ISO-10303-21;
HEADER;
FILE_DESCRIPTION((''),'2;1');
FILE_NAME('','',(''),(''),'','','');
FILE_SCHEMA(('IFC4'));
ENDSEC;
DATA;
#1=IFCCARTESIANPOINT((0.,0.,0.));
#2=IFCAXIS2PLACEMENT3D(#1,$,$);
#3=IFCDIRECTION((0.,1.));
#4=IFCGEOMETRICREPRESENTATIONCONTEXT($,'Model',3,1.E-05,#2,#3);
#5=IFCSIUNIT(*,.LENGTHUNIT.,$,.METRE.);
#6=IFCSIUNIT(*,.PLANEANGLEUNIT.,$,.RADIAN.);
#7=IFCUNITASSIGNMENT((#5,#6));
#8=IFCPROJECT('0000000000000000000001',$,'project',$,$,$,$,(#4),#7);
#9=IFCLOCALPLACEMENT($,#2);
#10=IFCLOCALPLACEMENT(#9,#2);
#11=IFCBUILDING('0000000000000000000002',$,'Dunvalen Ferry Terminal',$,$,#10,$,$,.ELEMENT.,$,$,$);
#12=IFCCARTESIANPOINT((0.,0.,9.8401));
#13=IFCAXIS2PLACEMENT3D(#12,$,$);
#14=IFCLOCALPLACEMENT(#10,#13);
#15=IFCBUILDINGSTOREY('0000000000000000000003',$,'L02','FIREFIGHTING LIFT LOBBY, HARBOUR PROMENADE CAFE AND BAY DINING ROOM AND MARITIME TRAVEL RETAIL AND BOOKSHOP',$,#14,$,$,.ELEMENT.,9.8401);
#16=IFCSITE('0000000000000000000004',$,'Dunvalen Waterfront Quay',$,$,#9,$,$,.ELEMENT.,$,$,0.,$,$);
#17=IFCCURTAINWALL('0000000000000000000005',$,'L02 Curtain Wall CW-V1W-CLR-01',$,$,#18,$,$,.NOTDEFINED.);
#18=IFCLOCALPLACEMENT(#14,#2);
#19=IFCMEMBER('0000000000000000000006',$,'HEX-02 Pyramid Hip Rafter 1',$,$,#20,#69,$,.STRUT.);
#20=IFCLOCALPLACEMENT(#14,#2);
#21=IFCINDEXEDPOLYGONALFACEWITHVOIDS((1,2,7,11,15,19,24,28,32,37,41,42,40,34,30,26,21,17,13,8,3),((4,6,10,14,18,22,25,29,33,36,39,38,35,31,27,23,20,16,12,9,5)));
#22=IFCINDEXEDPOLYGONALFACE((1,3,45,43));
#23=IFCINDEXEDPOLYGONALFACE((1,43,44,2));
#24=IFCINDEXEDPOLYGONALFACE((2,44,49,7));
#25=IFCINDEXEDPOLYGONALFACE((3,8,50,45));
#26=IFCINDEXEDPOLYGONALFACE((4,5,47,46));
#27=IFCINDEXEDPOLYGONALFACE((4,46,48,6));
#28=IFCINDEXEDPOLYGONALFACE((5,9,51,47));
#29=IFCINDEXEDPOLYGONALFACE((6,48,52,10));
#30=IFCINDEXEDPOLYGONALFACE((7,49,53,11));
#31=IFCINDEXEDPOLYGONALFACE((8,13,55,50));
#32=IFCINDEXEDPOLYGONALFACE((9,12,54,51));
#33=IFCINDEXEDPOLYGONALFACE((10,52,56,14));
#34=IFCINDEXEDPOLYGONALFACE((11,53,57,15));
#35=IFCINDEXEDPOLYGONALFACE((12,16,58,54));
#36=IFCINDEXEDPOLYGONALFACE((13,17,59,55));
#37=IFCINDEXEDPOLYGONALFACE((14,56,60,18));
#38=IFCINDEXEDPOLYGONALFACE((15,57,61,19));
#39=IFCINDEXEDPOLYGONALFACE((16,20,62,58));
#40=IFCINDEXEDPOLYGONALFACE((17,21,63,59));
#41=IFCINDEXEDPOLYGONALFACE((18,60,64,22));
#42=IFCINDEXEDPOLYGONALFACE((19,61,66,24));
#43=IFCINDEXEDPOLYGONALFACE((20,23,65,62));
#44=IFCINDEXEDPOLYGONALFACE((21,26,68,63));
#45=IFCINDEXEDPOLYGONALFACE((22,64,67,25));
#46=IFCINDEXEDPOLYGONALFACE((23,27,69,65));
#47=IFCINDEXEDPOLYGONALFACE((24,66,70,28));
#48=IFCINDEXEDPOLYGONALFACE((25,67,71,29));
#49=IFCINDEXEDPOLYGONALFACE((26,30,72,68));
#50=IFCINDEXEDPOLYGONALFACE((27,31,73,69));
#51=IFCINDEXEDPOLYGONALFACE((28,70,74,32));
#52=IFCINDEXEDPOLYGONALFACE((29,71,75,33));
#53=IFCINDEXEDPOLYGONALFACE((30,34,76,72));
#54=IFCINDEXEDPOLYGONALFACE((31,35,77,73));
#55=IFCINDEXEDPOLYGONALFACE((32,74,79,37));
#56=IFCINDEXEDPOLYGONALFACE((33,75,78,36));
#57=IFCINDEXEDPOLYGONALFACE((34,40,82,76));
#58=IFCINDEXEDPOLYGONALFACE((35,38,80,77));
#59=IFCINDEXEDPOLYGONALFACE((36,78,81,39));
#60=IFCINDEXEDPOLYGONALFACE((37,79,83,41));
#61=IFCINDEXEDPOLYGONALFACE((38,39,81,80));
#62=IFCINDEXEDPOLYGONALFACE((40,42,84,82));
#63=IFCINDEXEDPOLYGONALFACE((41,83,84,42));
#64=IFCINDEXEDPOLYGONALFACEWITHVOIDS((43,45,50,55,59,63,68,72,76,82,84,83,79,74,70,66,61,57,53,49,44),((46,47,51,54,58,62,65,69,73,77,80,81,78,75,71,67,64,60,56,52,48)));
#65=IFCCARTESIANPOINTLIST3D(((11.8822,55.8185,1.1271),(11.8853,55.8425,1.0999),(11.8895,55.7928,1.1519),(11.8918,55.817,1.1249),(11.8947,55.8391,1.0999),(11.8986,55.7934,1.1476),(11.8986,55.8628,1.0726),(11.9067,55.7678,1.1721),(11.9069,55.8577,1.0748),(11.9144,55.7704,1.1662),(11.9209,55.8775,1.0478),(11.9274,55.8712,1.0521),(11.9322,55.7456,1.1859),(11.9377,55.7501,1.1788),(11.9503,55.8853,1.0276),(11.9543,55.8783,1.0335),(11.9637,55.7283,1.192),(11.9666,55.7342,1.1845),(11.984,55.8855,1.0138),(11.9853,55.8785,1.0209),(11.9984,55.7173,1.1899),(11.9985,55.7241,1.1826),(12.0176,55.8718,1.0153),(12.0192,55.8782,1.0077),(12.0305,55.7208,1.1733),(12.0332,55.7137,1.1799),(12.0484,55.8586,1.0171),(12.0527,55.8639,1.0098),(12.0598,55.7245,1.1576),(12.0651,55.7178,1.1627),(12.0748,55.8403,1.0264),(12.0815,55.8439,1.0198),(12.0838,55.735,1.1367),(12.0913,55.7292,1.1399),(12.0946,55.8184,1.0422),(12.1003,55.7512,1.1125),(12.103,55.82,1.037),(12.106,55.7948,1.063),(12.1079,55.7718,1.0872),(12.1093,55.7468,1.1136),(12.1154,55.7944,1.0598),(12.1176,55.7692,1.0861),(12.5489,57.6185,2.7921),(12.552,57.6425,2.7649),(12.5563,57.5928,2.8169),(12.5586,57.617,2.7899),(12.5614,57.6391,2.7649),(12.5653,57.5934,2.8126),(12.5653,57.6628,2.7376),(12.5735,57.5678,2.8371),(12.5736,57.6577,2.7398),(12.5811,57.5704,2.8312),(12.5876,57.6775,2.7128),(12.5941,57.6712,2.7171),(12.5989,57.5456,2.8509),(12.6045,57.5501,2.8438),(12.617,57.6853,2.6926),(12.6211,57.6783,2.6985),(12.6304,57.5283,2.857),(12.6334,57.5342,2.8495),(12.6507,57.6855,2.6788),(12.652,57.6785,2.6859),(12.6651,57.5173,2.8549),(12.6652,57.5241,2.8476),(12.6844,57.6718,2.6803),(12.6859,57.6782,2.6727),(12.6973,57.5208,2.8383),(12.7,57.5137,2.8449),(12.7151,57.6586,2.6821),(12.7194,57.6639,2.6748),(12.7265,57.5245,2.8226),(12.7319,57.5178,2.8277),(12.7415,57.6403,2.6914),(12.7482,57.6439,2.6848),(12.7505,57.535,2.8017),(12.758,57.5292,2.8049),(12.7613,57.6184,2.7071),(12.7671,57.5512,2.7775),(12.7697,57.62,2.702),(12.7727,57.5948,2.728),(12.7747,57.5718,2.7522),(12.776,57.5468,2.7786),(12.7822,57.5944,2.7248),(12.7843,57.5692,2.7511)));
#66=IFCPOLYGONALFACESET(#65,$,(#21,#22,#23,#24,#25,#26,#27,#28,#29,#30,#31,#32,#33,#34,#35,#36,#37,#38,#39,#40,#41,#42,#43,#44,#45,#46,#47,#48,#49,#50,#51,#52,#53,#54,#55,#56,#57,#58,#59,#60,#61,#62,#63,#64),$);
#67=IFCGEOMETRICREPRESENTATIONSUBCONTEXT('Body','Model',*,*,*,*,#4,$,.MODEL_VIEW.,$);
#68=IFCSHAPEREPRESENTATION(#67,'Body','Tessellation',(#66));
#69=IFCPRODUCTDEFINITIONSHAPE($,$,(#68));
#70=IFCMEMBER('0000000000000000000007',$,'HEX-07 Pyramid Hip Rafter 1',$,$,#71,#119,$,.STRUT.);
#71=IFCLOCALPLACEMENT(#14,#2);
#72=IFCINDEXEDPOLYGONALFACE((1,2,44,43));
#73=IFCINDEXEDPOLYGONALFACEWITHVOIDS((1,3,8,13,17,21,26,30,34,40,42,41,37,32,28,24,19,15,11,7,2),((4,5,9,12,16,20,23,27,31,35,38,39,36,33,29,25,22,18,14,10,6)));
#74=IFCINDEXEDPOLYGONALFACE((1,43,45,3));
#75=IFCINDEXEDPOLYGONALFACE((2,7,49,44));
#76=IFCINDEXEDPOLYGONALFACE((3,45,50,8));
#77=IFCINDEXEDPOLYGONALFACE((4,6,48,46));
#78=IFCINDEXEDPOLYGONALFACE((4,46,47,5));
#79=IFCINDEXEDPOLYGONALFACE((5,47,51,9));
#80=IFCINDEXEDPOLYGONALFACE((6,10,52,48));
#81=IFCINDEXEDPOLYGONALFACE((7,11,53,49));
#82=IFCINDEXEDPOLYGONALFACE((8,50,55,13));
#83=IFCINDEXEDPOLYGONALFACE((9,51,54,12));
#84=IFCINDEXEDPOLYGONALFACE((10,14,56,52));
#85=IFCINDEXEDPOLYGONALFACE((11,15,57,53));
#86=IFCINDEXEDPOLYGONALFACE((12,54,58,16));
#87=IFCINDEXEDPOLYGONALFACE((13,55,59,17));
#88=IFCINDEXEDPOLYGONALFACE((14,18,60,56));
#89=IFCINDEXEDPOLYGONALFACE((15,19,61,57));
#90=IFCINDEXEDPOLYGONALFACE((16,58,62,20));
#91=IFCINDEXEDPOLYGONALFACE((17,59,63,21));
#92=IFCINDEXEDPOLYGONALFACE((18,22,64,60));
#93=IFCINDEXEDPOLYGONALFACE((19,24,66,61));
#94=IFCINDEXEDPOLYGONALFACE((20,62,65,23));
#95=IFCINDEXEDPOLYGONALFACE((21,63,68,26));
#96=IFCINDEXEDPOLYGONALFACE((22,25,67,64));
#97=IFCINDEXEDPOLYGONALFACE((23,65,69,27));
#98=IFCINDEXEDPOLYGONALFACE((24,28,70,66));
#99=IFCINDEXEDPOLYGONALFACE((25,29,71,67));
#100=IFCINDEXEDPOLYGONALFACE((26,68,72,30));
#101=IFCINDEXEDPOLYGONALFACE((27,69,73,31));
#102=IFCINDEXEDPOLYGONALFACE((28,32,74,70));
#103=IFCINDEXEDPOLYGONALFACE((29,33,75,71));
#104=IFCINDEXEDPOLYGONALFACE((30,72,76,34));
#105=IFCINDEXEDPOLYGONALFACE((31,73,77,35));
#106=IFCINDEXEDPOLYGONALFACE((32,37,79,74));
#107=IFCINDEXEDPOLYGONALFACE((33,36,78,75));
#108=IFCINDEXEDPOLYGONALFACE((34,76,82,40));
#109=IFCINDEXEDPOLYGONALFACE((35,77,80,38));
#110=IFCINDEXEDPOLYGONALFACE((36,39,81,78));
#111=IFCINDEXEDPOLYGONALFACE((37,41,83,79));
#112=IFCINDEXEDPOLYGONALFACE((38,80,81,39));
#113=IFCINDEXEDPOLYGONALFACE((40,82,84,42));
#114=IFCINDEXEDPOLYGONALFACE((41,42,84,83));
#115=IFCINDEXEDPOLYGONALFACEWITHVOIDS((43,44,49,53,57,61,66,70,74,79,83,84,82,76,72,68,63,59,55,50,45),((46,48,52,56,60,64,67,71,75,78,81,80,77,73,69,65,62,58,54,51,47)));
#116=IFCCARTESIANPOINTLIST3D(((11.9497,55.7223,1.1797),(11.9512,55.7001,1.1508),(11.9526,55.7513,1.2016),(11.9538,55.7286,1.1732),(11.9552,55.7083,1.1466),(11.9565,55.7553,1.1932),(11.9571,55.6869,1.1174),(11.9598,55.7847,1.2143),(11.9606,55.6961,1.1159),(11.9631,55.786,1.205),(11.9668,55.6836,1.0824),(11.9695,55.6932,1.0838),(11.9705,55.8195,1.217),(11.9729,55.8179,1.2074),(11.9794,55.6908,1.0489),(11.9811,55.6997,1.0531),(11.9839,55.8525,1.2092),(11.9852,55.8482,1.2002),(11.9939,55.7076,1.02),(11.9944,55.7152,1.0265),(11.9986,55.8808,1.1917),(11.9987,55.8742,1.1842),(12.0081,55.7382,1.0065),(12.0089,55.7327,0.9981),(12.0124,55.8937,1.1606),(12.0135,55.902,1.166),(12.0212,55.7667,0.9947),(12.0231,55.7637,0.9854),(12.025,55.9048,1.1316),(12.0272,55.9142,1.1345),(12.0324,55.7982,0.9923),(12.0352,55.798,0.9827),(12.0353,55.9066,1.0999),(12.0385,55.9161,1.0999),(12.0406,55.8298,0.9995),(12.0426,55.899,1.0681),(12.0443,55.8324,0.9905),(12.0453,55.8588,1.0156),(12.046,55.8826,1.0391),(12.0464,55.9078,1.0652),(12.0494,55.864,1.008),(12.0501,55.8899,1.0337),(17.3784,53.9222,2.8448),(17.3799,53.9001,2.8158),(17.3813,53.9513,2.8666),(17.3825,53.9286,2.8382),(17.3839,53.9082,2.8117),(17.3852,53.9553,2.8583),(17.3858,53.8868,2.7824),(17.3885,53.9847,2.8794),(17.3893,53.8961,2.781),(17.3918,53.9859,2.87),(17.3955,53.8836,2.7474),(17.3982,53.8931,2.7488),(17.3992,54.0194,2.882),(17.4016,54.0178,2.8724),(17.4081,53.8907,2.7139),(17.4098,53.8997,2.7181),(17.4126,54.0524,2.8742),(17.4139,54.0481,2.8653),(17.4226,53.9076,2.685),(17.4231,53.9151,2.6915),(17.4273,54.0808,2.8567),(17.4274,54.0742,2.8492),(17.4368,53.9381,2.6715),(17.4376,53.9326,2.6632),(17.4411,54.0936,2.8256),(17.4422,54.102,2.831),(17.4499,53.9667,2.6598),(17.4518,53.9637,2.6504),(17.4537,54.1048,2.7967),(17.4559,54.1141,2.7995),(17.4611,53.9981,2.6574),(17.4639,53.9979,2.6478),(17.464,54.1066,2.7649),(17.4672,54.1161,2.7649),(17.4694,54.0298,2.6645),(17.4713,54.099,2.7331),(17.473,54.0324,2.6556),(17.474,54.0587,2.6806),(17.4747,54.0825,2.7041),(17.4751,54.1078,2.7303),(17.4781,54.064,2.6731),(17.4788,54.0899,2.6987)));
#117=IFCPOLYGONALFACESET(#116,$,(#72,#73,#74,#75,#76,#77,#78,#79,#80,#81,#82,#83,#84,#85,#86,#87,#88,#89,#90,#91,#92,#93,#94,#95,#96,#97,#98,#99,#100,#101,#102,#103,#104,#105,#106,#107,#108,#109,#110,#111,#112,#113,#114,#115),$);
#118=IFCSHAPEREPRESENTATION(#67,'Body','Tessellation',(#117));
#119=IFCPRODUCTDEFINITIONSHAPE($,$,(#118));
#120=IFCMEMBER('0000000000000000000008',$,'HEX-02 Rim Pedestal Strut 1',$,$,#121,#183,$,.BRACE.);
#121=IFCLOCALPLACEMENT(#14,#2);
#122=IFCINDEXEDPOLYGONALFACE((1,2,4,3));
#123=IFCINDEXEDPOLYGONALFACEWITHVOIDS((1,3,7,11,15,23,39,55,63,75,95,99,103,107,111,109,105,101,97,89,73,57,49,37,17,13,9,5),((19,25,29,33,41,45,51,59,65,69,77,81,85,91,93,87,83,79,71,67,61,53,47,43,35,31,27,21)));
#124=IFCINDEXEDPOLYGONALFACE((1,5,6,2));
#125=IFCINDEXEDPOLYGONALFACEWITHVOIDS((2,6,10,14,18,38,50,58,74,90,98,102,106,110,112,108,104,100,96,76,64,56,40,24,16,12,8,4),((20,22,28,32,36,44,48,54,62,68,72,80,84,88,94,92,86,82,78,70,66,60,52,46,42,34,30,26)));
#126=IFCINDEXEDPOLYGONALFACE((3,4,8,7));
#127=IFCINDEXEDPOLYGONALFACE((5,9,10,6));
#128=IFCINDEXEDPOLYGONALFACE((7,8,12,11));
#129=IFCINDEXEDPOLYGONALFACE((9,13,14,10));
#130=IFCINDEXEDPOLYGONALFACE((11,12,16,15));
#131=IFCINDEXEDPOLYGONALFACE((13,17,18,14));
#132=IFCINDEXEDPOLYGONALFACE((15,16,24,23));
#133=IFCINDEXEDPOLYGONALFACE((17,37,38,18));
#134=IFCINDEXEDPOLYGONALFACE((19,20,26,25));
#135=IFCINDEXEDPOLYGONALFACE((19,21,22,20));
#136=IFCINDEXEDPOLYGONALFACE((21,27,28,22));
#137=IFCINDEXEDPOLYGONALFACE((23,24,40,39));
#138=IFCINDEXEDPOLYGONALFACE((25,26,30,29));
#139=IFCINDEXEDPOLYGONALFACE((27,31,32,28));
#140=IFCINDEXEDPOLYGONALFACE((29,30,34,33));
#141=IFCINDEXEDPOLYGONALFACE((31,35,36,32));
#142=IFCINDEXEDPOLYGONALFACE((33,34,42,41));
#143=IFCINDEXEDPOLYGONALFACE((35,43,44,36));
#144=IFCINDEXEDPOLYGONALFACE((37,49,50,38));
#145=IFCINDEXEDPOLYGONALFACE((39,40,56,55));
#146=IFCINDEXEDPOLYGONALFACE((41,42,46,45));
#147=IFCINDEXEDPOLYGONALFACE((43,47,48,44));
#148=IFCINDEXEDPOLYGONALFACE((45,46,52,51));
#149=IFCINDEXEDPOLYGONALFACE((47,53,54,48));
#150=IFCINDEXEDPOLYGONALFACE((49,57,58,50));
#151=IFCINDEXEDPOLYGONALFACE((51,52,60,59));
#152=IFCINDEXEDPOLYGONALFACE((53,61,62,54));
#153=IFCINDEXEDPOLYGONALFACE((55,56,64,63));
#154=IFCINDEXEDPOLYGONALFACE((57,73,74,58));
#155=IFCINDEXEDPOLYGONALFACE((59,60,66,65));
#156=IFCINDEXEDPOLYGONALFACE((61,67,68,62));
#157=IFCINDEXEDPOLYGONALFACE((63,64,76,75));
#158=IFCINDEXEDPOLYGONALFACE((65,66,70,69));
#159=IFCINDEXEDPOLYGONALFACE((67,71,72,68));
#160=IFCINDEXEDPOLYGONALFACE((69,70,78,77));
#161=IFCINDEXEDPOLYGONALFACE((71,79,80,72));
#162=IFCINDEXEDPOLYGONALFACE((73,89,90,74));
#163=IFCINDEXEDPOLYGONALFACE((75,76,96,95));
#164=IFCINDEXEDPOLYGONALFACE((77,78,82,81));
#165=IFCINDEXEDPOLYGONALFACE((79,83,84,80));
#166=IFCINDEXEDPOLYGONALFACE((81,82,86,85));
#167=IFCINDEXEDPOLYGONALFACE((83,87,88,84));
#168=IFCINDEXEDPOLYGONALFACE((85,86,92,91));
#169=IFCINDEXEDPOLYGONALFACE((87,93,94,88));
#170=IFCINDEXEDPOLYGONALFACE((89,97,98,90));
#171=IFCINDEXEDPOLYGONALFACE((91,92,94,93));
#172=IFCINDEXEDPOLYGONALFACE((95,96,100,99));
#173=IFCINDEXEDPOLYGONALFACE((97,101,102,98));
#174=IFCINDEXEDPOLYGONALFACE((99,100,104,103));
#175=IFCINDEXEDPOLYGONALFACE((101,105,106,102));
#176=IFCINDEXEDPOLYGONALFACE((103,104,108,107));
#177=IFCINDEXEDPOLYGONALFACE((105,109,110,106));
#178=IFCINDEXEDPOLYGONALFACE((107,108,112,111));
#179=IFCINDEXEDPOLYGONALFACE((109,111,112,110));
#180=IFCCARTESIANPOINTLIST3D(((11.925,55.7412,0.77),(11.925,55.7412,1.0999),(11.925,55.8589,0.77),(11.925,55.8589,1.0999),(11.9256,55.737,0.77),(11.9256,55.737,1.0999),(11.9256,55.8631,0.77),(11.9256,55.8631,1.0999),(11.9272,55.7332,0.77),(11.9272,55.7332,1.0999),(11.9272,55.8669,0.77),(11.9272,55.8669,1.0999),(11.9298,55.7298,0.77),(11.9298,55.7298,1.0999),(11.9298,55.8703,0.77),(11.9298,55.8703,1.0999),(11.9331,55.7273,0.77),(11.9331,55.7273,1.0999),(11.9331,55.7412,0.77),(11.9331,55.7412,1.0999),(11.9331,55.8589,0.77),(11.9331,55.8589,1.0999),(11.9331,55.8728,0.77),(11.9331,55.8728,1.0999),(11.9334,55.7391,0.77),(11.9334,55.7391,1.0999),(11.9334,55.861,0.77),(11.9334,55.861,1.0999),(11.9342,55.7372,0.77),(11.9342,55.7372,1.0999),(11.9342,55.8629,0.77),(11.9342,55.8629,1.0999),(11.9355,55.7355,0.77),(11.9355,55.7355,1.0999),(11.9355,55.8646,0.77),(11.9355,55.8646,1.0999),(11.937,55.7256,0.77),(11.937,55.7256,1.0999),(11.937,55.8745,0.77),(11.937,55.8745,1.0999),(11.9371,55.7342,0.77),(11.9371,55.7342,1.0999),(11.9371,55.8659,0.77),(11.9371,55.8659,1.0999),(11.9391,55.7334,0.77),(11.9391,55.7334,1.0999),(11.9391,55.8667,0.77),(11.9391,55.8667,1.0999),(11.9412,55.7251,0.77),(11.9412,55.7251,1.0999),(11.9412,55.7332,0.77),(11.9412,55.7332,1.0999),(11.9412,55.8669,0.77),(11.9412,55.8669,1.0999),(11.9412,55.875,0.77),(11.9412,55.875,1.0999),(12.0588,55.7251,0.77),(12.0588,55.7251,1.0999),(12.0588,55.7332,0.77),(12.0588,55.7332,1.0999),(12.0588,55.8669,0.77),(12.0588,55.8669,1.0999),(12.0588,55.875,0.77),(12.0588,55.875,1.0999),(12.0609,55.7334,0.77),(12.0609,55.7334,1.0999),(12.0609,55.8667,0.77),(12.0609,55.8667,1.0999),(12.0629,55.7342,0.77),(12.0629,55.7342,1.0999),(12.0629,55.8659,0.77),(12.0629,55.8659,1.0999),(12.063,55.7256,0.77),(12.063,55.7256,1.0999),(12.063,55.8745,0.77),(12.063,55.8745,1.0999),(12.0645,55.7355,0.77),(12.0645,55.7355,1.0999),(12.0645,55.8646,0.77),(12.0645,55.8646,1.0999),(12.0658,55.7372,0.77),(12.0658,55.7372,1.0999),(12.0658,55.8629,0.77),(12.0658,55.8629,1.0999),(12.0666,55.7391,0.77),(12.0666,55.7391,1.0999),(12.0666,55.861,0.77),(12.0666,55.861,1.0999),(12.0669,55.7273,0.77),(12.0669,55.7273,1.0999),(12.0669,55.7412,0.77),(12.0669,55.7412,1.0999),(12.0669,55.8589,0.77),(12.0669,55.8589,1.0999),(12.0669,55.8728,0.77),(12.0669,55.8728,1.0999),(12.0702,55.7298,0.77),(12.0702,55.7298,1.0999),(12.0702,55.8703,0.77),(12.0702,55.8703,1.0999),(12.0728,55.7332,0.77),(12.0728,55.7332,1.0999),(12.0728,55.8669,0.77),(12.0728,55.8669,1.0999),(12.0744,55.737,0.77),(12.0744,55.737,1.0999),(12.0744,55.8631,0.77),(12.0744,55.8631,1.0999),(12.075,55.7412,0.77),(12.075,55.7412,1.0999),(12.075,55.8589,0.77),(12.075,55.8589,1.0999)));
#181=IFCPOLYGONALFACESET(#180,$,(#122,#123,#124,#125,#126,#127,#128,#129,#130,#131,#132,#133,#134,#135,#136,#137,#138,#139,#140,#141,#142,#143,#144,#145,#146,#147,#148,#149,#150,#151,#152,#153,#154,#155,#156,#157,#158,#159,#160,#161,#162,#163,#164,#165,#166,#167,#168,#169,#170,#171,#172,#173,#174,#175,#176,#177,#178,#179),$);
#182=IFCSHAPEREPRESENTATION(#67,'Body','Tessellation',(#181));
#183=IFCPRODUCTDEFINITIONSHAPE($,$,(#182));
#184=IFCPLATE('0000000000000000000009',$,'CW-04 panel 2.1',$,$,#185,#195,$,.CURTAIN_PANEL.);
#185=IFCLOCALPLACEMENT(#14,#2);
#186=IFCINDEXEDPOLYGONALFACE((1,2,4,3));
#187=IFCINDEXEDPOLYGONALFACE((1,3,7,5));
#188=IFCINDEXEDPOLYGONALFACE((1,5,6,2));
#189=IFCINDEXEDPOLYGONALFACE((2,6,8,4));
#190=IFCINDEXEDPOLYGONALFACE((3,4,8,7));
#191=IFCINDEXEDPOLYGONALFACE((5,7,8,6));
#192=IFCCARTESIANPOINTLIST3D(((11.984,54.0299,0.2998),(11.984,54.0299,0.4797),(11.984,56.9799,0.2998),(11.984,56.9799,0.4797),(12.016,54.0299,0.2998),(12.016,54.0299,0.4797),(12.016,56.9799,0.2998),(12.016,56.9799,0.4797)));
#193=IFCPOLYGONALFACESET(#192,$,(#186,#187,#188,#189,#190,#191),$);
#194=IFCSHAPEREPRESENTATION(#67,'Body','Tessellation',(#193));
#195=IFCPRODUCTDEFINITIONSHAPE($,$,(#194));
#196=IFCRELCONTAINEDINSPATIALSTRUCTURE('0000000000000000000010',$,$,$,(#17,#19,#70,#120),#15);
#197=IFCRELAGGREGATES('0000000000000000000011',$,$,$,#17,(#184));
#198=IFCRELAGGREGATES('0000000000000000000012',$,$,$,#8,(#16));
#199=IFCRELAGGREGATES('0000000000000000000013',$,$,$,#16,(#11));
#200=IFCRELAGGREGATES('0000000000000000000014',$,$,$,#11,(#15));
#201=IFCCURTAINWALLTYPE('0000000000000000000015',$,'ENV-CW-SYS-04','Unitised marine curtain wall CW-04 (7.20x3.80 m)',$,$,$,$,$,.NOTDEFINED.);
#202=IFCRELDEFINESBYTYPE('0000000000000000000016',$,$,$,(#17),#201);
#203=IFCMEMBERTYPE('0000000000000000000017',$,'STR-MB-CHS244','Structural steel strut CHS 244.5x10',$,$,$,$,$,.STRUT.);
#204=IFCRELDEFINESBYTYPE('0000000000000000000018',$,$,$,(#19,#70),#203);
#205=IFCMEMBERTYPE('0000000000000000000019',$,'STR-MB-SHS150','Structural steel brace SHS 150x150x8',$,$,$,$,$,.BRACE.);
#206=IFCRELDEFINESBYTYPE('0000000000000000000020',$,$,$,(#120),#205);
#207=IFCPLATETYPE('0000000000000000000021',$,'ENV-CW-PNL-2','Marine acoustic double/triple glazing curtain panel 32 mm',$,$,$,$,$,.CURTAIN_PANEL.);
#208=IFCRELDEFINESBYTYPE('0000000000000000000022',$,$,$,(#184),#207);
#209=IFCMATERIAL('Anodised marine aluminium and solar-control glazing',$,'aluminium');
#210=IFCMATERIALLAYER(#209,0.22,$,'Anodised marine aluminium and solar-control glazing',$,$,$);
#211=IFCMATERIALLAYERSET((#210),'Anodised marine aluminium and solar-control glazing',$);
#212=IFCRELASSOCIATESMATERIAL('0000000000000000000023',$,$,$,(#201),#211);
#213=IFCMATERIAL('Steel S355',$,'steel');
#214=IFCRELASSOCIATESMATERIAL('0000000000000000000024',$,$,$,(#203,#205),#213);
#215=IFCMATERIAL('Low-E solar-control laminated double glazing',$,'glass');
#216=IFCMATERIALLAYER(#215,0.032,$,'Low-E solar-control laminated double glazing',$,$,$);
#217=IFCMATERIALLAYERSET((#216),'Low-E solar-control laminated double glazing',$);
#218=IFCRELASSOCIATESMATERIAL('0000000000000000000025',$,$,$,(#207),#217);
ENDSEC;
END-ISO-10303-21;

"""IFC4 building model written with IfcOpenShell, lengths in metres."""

from ifc_helpers import new_model, si_unit, direction, frame, origin, origin_2d, place, context, subcontext, project, spatial, rectangle, hollow_rectangle, hollow_circle, extrude, material, layer, layer_set, material_profile, profile_set, type_object, element, aggregate, save


model = new_model("IFC4")

# Units and contexts
model_context = context("Model", 3, precision=1e-05, world=origin(), true_north=direction((0.0, 1.0)))
body_context = subcontext(model_context, "Body", "Model", "MODEL_VIEW")
ifc_project = project(units=[si_unit("LENGTHUNIT", "METRE"), si_unit("PLANEANGLEUNIT", "RADIAN")], contexts=[model_context])

# Site, building, storey
site_placement = place(None, origin())
site = spatial("IfcSite", under=ifc_project, at=site_placement, Name="Dunvalen Waterfront Quay", CompositionType="ELEMENT", RefElevation=0.0)
building_placement = place(site_placement, origin())
building = spatial("IfcBuilding", under=site, at=building_placement, Name="Dunvalen Ferry Terminal", CompositionType="ELEMENT")
storey_placement = place(building_placement, frame((0.0, 0.0, 9.8401)))
storey = spatial("IfcBuildingStorey", under=building, at=storey_placement, Name="L02", Description="FIREFIGHTING LIFT LOBBY, HARBOUR PROMENADE CAFE AND BAY DINING ROOM AND MARITIME TRAVEL RETAIL AND BOOKSHOP", CompositionType="ELEMENT", Elevation=9.8401)

# Curtain wall
ifc_material_1 = material(Name="Anodised marine aluminium and solar-control glazing", Category="aluminium")
ifc_layer_1 = layer(ifc_material_1, 0.22, Name="Anodised marine aluminium and solar-control glazing")
ifc_layer_set_1 = layer_set([ifc_layer_1], Name="Anodised marine aluminium and solar-control glazing")
curtain_wall_type = type_object("IfcCurtainWallType", Name="ENV-CW-SYS-04", Description="Unitised marine curtain wall CW-04 (7.20x3.80 m)", PredefinedType="NOTDEFINED", material=ifc_layer_set_1)
curtain_wall_1_placement = place(storey_placement, origin())
curtain_wall_1 = element("IfcCurtainWall", 1, at=curtain_wall_1_placement, inside=storey, type_object=curtain_wall_type, Name="L02 Curtain Wall CW-V1W-CLR-01", PredefinedType="NOTDEFINED")

# Shared definitions
ifc_material_2 = material(Name="Steel S355", Category="steel")

# Members
ifc_material_profile_1 = material_profile(ifc_material_2, hollow_circle(Radius=0.1223, WallThickness=0.01, at=origin_2d()), Name="Steel S355")
ifc_profile_set_1 = profile_set([ifc_material_profile_1], Name="Steel S355")
member_type_1 = type_object("IfcMemberType", Name="STR-MB-CHS244", Description="Structural steel strut CHS 244.5x10", PredefinedType="STRUT", material=ifc_profile_set_1)
member_1_placement = place(storey_placement, frame((12.0, 55.8, 1.0999), z_axis=(0.262388, 0.70838, 0.655249), x_axis=(-0.937738, 0.347343, 0.0)))
element("IfcMember", 2, at=member_1_placement, inside=storey, type_object=member_type_1, Name="HEX-02 Pyramid Hip Rafter 1", PredefinedType="STRUT", context=body_context, shape_type="SweptSolid", body=[
    extrude(hollow_circle(Radius=0.1223, WallThickness=0.01, at=origin_2d()), origin(), (0.0, 0.0, 1.0), 2.541),
])
member_2_placement = place(storey_placement, frame((12.0, 55.8, 1.0999), z_axis=(0.911347, -0.302184, 0.279519), x_axis=(0.314729, 0.949182, 0.0)))
element("IfcMember", 3, at=member_2_placement, inside=storey, type_object=member_type_1, Name="HEX-07 Pyramid Hip Rafter 1", PredefinedType="STRUT", context=body_context, shape_type="SweptSolid", body=[
    extrude(hollow_circle(Radius=0.1223, WallThickness=0.01, at=origin_2d()), origin(), (0.0, 0.0, 1.0), 5.9568),
])
ifc_material_profile_2 = material_profile(ifc_material_2, hollow_rectangle(XDim=0.1499, YDim=0.1499, WallThickness=0.0081, InnerFilletRadius=0.0081, OuterFilletRadius=0.0161, at=origin_2d()), Name="Steel S355")
ifc_profile_set_2 = profile_set([ifc_material_profile_2], Name="Steel S355")
member_type_2 = type_object("IfcMemberType", Name="STR-MB-SHS150", Description="Structural steel brace SHS 150x150x8", PredefinedType="BRACE", material=ifc_profile_set_2)
member_3_placement = place(storey_placement, frame((12.0, 55.8, 0.77), z_axis=(0.0, 0.0, 1.0), x_axis=(1.0, 0.0, 0.0)))
element("IfcMember", 4, at=member_3_placement, inside=storey, type_object=member_type_2, Name="HEX-02 Rim Pedestal Strut 1", PredefinedType="BRACE", context=body_context, shape_type="SweptSolid", body=[
    extrude(hollow_rectangle(XDim=0.1499, YDim=0.1499, WallThickness=0.0081, InnerFilletRadius=0.0081, OuterFilletRadius=0.0161, at=origin_2d()), origin(), (0.0, 0.0, 1.0), 0.3298),
])

# Plate
ifc_material_3 = material(Name="Low-E solar-control laminated double glazing", Category="glass")
ifc_layer_2 = layer(ifc_material_3, 0.032, Name="Low-E solar-control laminated double glazing")
ifc_layer_set_2 = layer_set([ifc_layer_2], Name="Low-E solar-control laminated double glazing")
plate_type_1 = type_object("IfcPlateType", Name="ENV-CW-PNL-2", Description="Marine acoustic double/triple glazing curtain panel 32 mm", PredefinedType="CURTAIN_PANEL", material=ifc_layer_set_2)
plate_1_placement = place(storey_placement, frame((12.0, 55.5049, 0.2998), z_axis=(0.0, 0.0, 1.0), x_axis=(0.0, 1.0, 0.0)))
plate_1 = element("IfcPlate", 5, at=plate_1_placement, type_object=plate_type_1, Name="CW-04 panel 2.1", PredefinedType="CURTAIN_PANEL", context=body_context, shape_type="SweptSolid", body=[
    extrude(rectangle(XDim=2.95, YDim=0.032, at=origin_2d()), origin(), (0.0, 0.0, 1.0), 0.1799),
])
aggregate(curtain_wall_1, [plate_1])

save(model, "model.ifc")
